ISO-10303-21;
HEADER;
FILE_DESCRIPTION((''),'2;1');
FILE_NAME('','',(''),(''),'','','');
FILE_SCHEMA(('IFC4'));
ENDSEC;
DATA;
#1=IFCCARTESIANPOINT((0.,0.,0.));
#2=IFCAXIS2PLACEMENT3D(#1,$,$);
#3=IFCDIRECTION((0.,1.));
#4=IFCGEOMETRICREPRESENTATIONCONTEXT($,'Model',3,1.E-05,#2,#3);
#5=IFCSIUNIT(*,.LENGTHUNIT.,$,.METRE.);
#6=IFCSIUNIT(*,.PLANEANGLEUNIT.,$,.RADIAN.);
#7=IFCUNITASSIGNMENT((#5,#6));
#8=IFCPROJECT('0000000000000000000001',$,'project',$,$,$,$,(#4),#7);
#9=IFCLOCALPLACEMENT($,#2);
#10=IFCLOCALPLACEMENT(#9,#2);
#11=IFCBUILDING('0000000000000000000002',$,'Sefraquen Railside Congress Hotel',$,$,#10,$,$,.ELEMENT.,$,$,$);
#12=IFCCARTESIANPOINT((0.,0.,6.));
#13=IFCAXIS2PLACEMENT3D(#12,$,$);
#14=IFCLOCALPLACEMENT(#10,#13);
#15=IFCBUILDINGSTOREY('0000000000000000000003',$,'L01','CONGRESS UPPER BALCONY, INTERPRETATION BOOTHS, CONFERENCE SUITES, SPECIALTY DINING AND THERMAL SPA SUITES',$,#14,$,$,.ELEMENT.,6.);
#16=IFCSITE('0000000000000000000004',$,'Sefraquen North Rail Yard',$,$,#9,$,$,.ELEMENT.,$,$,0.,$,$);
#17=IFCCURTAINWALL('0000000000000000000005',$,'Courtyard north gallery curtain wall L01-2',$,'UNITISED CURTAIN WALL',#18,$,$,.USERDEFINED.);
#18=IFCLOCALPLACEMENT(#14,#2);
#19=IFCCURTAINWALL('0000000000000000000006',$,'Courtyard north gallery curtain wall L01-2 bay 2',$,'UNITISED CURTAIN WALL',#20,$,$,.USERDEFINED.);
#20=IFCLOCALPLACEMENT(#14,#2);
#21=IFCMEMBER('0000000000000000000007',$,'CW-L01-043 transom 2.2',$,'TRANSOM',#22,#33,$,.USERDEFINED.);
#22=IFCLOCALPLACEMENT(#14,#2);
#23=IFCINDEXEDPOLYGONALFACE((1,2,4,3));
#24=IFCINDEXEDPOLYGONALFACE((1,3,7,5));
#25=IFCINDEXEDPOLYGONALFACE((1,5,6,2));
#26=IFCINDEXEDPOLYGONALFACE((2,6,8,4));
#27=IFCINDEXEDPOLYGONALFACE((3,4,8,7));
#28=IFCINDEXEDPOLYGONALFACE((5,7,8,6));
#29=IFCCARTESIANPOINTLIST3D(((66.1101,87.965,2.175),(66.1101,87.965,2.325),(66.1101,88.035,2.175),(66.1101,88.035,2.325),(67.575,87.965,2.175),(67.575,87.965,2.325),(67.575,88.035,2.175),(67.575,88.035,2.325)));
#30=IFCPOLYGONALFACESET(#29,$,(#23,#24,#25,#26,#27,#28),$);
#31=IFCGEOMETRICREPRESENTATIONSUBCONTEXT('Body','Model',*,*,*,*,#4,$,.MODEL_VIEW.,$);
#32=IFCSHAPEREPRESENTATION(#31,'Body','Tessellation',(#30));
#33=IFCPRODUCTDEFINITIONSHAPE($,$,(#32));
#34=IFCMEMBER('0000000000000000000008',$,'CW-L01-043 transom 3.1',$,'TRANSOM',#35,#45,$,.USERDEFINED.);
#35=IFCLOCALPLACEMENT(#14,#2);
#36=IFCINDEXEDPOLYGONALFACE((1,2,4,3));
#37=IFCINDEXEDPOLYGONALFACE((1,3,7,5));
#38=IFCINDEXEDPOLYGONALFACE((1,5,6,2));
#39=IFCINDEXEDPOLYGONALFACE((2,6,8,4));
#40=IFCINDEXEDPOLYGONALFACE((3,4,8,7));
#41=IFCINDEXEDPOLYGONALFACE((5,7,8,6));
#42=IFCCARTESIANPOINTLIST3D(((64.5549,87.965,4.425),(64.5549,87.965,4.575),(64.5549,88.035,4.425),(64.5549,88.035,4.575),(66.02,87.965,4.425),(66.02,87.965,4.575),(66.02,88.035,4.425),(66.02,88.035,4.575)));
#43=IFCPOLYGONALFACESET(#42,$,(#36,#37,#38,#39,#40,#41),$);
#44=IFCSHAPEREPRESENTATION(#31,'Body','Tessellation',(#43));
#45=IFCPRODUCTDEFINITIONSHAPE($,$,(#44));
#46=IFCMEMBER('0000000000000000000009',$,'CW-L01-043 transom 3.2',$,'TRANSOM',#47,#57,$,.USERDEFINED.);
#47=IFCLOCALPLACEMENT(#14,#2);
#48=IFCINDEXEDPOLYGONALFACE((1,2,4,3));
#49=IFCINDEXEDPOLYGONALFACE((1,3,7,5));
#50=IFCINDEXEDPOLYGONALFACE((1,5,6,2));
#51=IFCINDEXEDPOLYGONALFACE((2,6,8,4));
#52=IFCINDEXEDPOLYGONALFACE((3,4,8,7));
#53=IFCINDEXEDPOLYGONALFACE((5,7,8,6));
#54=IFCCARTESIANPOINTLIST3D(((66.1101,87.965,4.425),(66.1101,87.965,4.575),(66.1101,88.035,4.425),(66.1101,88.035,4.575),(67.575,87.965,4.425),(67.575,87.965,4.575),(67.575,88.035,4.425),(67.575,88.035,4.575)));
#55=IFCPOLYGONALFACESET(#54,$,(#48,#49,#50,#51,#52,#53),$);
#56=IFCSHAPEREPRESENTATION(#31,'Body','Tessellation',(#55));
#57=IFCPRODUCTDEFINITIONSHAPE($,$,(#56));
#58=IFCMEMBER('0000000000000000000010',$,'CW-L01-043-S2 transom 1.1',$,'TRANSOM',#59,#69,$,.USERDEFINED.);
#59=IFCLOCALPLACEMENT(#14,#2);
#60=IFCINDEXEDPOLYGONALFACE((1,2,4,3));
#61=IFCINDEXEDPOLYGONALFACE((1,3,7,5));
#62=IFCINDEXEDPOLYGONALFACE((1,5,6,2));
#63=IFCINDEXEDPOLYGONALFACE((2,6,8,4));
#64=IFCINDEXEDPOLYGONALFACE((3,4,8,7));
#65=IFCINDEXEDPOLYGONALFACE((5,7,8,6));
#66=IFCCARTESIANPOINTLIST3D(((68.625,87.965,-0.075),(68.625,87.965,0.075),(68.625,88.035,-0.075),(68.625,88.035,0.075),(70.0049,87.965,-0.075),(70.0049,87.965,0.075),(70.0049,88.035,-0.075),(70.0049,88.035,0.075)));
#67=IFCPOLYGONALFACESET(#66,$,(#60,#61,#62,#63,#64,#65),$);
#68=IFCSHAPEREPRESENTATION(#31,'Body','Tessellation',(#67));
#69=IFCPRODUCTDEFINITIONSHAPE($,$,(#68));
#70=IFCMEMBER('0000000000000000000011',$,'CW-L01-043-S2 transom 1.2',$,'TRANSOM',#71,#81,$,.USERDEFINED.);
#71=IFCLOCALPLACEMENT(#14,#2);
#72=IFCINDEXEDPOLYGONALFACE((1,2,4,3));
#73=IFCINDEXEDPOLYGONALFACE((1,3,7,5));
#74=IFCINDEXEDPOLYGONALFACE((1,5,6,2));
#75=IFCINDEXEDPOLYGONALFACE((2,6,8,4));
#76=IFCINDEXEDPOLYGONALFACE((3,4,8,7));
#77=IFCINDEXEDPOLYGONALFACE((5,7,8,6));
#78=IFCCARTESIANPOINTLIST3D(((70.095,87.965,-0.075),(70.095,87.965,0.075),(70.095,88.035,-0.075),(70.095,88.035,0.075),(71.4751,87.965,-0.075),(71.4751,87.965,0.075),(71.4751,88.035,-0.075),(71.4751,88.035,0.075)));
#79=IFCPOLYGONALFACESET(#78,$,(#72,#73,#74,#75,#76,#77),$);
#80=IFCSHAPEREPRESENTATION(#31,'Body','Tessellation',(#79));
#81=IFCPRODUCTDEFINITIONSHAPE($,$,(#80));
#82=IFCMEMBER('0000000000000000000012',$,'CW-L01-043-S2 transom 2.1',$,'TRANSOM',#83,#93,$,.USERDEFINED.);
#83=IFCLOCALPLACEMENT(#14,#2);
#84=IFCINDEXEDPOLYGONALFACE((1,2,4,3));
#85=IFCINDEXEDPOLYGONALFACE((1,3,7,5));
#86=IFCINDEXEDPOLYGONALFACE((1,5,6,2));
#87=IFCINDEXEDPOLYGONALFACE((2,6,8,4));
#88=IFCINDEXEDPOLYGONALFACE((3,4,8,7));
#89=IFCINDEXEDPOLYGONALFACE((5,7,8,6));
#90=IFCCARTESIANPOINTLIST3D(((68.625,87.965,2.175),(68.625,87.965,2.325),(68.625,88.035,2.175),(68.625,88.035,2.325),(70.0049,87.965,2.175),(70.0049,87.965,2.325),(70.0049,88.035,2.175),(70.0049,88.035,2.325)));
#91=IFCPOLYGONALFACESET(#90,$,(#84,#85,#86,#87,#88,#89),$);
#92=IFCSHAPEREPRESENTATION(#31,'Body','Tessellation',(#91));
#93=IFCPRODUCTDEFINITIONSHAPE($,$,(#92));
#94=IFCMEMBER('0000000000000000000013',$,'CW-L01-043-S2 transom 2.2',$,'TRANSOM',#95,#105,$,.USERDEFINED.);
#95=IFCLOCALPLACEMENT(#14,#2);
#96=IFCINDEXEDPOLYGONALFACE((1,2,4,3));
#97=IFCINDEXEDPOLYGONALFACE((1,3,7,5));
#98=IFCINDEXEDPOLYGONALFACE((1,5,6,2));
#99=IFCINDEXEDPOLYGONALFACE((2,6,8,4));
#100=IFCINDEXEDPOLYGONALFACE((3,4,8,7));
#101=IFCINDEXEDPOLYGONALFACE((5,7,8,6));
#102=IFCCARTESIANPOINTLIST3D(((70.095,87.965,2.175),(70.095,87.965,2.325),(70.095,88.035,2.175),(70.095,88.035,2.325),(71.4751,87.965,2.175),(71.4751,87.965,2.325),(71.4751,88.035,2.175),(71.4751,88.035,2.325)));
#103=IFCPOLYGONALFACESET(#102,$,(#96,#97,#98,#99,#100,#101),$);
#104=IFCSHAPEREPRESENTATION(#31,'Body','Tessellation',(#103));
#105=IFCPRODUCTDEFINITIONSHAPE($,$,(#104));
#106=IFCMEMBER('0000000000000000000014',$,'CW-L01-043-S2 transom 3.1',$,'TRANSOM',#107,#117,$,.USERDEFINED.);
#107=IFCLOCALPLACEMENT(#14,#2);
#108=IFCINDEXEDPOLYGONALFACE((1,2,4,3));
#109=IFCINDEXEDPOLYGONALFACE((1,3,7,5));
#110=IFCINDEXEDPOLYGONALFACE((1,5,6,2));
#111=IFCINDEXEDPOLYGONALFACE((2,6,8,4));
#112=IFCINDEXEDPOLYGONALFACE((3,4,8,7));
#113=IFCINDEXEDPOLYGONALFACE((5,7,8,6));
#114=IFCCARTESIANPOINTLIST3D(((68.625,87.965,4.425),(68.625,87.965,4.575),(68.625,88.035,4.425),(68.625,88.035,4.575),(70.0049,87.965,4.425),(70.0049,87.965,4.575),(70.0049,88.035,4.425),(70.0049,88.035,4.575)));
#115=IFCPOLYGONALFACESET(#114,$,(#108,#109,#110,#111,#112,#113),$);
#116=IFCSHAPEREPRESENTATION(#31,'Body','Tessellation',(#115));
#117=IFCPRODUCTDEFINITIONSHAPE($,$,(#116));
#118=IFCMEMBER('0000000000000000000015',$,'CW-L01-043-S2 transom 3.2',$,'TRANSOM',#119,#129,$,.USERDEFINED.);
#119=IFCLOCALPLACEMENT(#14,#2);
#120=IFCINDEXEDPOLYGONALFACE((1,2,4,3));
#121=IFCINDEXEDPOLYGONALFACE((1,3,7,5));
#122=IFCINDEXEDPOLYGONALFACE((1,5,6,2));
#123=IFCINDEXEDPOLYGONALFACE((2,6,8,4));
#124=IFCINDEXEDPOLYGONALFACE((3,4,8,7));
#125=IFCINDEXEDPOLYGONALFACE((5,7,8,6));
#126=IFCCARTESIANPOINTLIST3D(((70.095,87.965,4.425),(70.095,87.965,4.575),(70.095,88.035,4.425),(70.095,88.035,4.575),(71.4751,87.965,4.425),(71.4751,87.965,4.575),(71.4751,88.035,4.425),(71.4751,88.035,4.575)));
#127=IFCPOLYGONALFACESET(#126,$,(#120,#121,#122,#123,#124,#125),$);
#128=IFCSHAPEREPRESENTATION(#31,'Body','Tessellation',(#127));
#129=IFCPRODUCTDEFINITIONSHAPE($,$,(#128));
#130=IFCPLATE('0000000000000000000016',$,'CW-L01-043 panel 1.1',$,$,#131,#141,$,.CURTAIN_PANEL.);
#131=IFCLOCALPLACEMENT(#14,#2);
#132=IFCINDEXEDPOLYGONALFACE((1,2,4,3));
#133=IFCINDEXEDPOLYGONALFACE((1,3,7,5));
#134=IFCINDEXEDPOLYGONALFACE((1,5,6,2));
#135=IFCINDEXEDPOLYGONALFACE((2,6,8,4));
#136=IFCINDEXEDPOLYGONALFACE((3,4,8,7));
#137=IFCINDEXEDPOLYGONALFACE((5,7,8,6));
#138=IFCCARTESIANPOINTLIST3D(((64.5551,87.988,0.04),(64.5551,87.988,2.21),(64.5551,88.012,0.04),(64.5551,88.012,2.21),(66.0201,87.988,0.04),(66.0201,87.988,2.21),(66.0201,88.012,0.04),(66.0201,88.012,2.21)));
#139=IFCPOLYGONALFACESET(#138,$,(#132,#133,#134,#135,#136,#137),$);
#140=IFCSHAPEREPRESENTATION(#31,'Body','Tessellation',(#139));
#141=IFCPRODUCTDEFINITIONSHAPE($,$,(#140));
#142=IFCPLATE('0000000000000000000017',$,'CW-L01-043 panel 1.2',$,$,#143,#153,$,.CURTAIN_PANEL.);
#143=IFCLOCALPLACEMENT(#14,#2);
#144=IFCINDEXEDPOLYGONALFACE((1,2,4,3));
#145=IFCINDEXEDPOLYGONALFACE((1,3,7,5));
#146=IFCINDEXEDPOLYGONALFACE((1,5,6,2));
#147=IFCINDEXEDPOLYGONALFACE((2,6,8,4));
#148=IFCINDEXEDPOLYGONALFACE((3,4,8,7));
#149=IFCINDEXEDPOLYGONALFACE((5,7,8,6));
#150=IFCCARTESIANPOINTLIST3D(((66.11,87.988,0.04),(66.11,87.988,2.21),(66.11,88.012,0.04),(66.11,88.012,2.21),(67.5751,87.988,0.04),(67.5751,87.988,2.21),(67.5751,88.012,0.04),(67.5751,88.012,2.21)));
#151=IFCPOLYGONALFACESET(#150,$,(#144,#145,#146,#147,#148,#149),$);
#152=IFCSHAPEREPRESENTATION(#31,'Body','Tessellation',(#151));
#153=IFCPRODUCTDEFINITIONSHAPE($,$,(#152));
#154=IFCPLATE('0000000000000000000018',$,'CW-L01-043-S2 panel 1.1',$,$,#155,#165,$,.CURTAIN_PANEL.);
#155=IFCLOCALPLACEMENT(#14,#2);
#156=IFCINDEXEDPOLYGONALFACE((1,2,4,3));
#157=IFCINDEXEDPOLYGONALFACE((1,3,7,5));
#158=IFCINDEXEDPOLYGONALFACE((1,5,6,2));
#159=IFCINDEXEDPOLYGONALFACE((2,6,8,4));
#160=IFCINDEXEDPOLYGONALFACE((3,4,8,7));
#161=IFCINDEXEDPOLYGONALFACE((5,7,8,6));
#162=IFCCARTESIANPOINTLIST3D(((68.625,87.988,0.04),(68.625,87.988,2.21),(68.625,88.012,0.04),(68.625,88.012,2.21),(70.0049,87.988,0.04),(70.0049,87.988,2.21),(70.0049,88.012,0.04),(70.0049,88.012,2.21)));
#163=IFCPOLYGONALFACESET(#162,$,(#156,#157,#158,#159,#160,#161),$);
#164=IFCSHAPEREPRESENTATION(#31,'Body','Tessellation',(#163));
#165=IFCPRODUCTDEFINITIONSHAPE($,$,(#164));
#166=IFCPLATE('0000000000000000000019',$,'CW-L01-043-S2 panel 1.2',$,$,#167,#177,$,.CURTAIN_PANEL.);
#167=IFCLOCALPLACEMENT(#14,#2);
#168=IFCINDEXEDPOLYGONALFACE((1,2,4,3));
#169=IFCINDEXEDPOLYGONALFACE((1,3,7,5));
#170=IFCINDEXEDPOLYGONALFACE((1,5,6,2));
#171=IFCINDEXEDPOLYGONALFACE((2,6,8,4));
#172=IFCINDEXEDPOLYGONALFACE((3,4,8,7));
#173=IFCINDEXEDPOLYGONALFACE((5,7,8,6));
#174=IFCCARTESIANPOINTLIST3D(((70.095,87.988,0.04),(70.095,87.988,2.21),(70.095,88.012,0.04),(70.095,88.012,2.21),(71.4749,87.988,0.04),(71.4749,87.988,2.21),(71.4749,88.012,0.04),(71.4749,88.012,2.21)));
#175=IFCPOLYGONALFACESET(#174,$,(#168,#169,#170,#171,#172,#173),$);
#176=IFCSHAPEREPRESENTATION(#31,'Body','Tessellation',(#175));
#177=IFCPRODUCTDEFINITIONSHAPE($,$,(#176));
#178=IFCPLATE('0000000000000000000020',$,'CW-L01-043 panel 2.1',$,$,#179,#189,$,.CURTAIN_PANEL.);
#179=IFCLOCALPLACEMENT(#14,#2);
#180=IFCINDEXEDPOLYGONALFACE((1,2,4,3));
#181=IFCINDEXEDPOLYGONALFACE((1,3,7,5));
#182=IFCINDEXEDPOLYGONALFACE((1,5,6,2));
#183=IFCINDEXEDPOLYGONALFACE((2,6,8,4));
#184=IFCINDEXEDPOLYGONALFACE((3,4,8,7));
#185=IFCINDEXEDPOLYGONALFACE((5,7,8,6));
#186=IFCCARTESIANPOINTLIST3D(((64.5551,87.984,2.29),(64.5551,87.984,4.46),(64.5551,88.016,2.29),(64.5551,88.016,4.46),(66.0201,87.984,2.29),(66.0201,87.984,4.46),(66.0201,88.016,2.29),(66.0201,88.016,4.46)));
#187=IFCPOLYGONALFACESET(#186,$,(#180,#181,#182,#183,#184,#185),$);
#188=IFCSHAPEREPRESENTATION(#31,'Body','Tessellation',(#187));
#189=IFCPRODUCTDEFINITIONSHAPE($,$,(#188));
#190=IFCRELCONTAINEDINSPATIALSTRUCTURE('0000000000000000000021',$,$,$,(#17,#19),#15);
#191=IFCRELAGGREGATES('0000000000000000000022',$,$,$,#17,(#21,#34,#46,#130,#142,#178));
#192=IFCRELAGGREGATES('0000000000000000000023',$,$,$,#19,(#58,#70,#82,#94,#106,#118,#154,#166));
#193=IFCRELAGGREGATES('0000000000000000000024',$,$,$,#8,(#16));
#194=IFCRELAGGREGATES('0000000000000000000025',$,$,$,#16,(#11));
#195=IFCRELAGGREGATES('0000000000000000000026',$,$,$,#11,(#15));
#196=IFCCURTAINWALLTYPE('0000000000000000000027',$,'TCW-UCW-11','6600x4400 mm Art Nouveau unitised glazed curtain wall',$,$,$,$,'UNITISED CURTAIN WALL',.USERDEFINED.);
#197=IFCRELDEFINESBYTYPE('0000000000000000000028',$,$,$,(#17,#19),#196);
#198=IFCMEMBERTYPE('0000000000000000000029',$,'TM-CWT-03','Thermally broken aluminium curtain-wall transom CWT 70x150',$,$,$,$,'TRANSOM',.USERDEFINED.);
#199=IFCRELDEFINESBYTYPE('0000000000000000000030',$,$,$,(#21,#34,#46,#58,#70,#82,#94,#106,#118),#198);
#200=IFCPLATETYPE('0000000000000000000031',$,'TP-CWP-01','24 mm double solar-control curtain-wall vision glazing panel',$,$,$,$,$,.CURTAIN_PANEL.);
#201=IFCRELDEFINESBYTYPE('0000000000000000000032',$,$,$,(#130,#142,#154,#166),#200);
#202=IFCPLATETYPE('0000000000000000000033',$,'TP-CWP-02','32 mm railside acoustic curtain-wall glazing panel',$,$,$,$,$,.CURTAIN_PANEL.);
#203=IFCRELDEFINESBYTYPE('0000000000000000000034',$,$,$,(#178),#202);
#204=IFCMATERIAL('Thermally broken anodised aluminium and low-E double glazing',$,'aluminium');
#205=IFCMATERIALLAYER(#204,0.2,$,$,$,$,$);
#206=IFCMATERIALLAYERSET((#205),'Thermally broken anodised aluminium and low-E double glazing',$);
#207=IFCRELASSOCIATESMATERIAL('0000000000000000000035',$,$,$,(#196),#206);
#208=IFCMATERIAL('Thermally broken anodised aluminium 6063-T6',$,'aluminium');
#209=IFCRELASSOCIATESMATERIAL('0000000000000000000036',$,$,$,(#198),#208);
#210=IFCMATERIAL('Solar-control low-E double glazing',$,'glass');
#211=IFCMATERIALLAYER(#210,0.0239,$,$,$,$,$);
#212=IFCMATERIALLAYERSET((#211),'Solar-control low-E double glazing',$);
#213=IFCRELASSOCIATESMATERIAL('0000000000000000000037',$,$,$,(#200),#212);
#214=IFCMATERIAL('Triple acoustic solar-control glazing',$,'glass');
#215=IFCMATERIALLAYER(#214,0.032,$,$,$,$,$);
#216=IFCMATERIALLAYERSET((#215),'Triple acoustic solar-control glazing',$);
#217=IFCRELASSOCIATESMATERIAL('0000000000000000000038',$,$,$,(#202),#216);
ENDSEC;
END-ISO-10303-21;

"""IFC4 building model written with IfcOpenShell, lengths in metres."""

from ifc_helpers import new_model, si_unit, direction, frame, origin, origin_2d, place, context, subcontext, project, spatial, rectangle, extrude, material, layer, layer_set, material_profile, profile_set, type_object, element, aggregate, save


model = new_model("IFC4")

# Units and contexts
model_context = context("Model", 3, precision=1e-05, world=origin(), true_north=direction((0.0, 1.0)))
body_context = subcontext(model_context, "Body", "Model", "MODEL_VIEW")
ifc_project = project(units=[si_unit("LENGTHUNIT", "METRE"), si_unit("PLANEANGLEUNIT", "RADIAN")], contexts=[model_context])

# Site, building, storey
site_placement = place(None, origin())
site = spatial("IfcSite", under=ifc_project, at=site_placement, Name="Sefraquen North Rail Yard", CompositionType="ELEMENT", RefElevation=0.0)
building_placement = place(site_placement, origin())
building = spatial("IfcBuilding", under=site, at=building_placement, Name="Sefraquen Railside Congress Hotel", CompositionType="ELEMENT")
storey_placement = place(building_placement, frame((0.0, 0.0, 6.0)))
storey = spatial("IfcBuildingStorey", under=building, at=storey_placement, Name="L01", Description="CONGRESS UPPER BALCONY, INTERPRETATION BOOTHS, CONFERENCE SUITES, SPECIALTY DINING AND THERMAL SPA SUITES", CompositionType="ELEMENT", Elevation=6.0)

# Curtain walls
ifc_material_1 = material(Name="Thermally broken anodised aluminium and low-E double glazing", Category="aluminium")
ifc_layer_1 = layer(ifc_material_1, 0.2)
ifc_layer_set_1 = layer_set([ifc_layer_1], Name="Thermally broken anodised aluminium and low-E double glazing")
curtain_wall_type = type_object("IfcCurtainWallType", Name="TCW-UCW-11", Description="6600x4400 mm Art Nouveau unitised glazed curtain wall", ElementType="UNITISED CURTAIN WALL", PredefinedType="USERDEFINED", material=ifc_layer_set_1)
curtain_wall_1_placement = place(storey_placement, origin())
curtain_wall_1 = element("IfcCurtainWall", 1, at=curtain_wall_1_placement, inside=storey, type_object=curtain_wall_type, Name="Courtyard north gallery curtain wall L01-2", ObjectType="UNITISED CURTAIN WALL", PredefinedType="USERDEFINED")
ifc_material_2 = material(Name="Thermally broken anodised aluminium 6063-T6", Category="aluminium")
curtain_wall_2_placement = place(storey_placement, origin())
curtain_wall_2 = element("IfcCurtainWall", 2, at=curtain_wall_2_placement, inside=storey, type_object=curtain_wall_type, Name="Courtyard north gallery curtain wall L01-2 bay 2", ObjectType="UNITISED CURTAIN WALL", PredefinedType="USERDEFINED")

# Members
ifc_material_profile_1 = material_profile(ifc_material_2, rectangle(XDim=0.0701, YDim=0.1499, at=origin_2d()), Name="CWT 70x150")
ifc_profile_set_1 = profile_set([ifc_material_profile_1], Name="Thermally broken anodised aluminium 6063-T6")
member_type_1 = type_object("IfcMemberType", Name="TM-CWT-03", Description="Thermally broken aluminium curtain-wall transom CWT 70x150", ElementType="TRANSOM", PredefinedType="USERDEFINED", material=ifc_profile_set_1)
member_1_placement = place(storey_placement, frame((66.1101, 88.0, 2.25), z_axis=(1.0, 0.0, 0.0), x_axis=(0.0, 1.0, 0.0)))
member_1 = element("IfcMember", 3, at=member_1_placement, type_object=member_type_1, Name="CW-L01-043 transom 2.2", ObjectType="TRANSOM", PredefinedType="USERDEFINED", context=body_context, shape_type="SweptSolid", body=[
    extrude(rectangle(XDim=0.0701, YDim=0.1499, at=origin_2d()), origin(), (0.0, 0.0, 1.0), 1.4648),
])
member_2_placement = place(storey_placement, frame((64.5549, 88.0, 4.5), z_axis=(1.0, 0.0, 0.0), x_axis=(0.0, 1.0, 0.0)))
member_2 = element("IfcMember", 4, at=member_2_placement, type_object=member_type_1, Name="CW-L01-043 transom 3.1", ObjectType="TRANSOM", PredefinedType="USERDEFINED", context=body_context, shape_type="SweptSolid", body=[
    extrude(rectangle(XDim=0.0701, YDim=0.1499, at=origin_2d()), origin(), (0.0, 0.0, 1.0), 1.4651),
])
member_3_placement = place(storey_placement, frame((66.1101, 88.0, 4.5), z_axis=(1.0, 0.0, 0.0), x_axis=(0.0, 1.0, 0.0)))
member_3 = element("IfcMember", 5, at=member_3_placement, type_object=member_type_1, Name="CW-L01-043 transom 3.2", ObjectType="TRANSOM", PredefinedType="USERDEFINED", context=body_context, shape_type="SweptSolid", body=[
    extrude(rectangle(XDim=0.0701, YDim=0.1499, at=origin_2d()), origin(), (0.0, 0.0, 1.0), 1.4648),
])
member_4_placement = place(storey_placement, frame((68.625, 88.0, 0.0), z_axis=(1.0, 0.0, 0.0), x_axis=(0.0, 1.0, 0.0)))
member_4 = element("IfcMember", 6, at=member_4_placement, type_object=member_type_1, Name="CW-L01-043-S2 transom 1.1", ObjectType="TRANSOM", PredefinedType="USERDEFINED", context=body_context, shape_type="SweptSolid", body=[
    extrude(rectangle(XDim=0.0701, YDim=0.1499, at=origin_2d()), origin(), (0.0, 0.0, 1.0), 1.3799),
])
member_5_placement = place(storey_placement, frame((70.095, 88.0, 0.0), z_axis=(1.0, 0.0, 0.0), x_axis=(0.0, 1.0, 0.0)))
member_5 = element("IfcMember", 7, at=member_5_placement, type_object=member_type_1, Name="CW-L01-043-S2 transom 1.2", ObjectType="TRANSOM", PredefinedType="USERDEFINED", context=body_context, shape_type="SweptSolid", body=[
    extrude(rectangle(XDim=0.0701, YDim=0.1499, at=origin_2d()), origin(), (0.0, 0.0, 1.0), 1.3801),
])
member_6_placement = place(storey_placement, frame((68.625, 88.0, 2.25), z_axis=(1.0, 0.0, 0.0), x_axis=(0.0, 1.0, 0.0)))
member_6 = element("IfcMember", 8, at=member_6_placement, type_object=member_type_1, Name="CW-L01-043-S2 transom 2.1", ObjectType="TRANSOM", PredefinedType="USERDEFINED", context=body_context, shape_type="SweptSolid", body=[
    extrude(rectangle(XDim=0.0701, YDim=0.1499, at=origin_2d()), origin(), (0.0, 0.0, 1.0), 1.3799),
])
member_7_placement = place(storey_placement, frame((70.095, 88.0, 2.25), z_axis=(1.0, 0.0, 0.0), x_axis=(0.0, 1.0, 0.0)))
member_7 = element("IfcMember", 9, at=member_7_placement, type_object=member_type_1, Name="CW-L01-043-S2 transom 2.2", ObjectType="TRANSOM", PredefinedType="USERDEFINED", context=body_context, shape_type="SweptSolid", body=[
    extrude(rectangle(XDim=0.0701, YDim=0.1499, at=origin_2d()), origin(), (0.0, 0.0, 1.0), 1.3801),
])
member_8_placement = place(storey_placement, frame((68.625, 88.0, 4.5), z_axis=(1.0, 0.0, 0.0), x_axis=(0.0, 1.0, 0.0)))
member_8 = element("IfcMember", 10, at=member_8_placement, type_object=member_type_1, Name="CW-L01-043-S2 transom 3.1", ObjectType="TRANSOM", PredefinedType="USERDEFINED", context=body_context, shape_type="SweptSolid", body=[
    extrude(rectangle(XDim=0.0701, YDim=0.1499, at=origin_2d()), origin(), (0.0, 0.0, 1.0), 1.3799),
])
member_9_placement = place(storey_placement, frame((70.095, 88.0, 4.5), z_axis=(1.0, 0.0, 0.0), x_axis=(0.0, 1.0, 0.0)))
member_9 = element("IfcMember", 11, at=member_9_placement, type_object=member_type_1, Name="CW-L01-043-S2 transom 3.2", ObjectType="TRANSOM", PredefinedType="USERDEFINED", context=body_context, shape_type="SweptSolid", body=[
    extrude(rectangle(XDim=0.0701, YDim=0.1499, at=origin_2d()), origin(), (0.0, 0.0, 1.0), 1.3801),
])

# Plates
ifc_material_3 = material(Name="Solar-control low-E double glazing", Category="glass")
ifc_layer_2 = layer(ifc_material_3, 0.0239)
ifc_layer_set_2 = layer_set([ifc_layer_2], Name="Solar-control low-E double glazing")
plate_type_1 = type_object("IfcPlateType", Name="TP-CWP-01", Description="24 mm double solar-control curtain-wall vision glazing panel", PredefinedType="CURTAIN_PANEL", material=ifc_layer_set_2)
plate_1_placement = place(storey_placement, frame((65.2876, 88.0, 0.04), z_axis=(0.0, 0.0, 1.0), x_axis=(1.0, 0.0, 0.0)))
plate_1 = element("IfcPlate", 12, at=plate_1_placement, type_object=plate_type_1, Name="CW-L01-043 panel 1.1", PredefinedType="CURTAIN_PANEL", context=body_context, shape_type="SweptSolid", body=[
    extrude(rectangle(XDim=1.4651, YDim=0.0239, at=origin_2d()), origin(), (0.0, 0.0, 1.0), 2.1699),
])
plate_2_placement = place(storey_placement, frame((66.8425, 88.0, 0.04), z_axis=(0.0, 0.0, 1.0), x_axis=(1.0, 0.0, 0.0)))
plate_2 = element("IfcPlate", 13, at=plate_2_placement, type_object=plate_type_1, Name="CW-L01-043 panel 1.2", PredefinedType="CURTAIN_PANEL", context=body_context, shape_type="SweptSolid", body=[
    extrude(rectangle(XDim=1.4651, YDim=0.0239, at=origin_2d()), origin(), (0.0, 0.0, 1.0), 2.1699),
])
plate_3_placement = place(storey_placement, frame((69.3149, 88.0, 0.04), z_axis=(0.0, 0.0, 1.0), x_axis=(1.0, 0.0, 0.0)))
plate_3 = element("IfcPlate", 14, at=plate_3_placement, type_object=plate_type_1, Name="CW-L01-043-S2 panel 1.1", PredefinedType="CURTAIN_PANEL", context=body_context, shape_type="SweptSolid", body=[
    extrude(rectangle(XDim=1.3799, YDim=0.0239, at=origin_2d()), origin(), (0.0, 0.0, 1.0), 2.1699),
])
plate_4_placement = place(storey_placement, frame((70.7849, 88.0, 0.04), z_axis=(0.0, 0.0, 1.0), x_axis=(1.0, 0.0, 0.0)))
plate_4 = element("IfcPlate", 15, at=plate_4_placement, type_object=plate_type_1, Name="CW-L01-043-S2 panel 1.2", PredefinedType="CURTAIN_PANEL", context=body_context, shape_type="SweptSolid", body=[
    extrude(rectangle(XDim=1.3799, YDim=0.0239, at=origin_2d()), origin(), (0.0, 0.0, 1.0), 2.1699),
])
ifc_material_4 = material(Name="Triple acoustic solar-control glazing", Category="glass")
ifc_layer_3 = layer(ifc_material_4, 0.032)
ifc_layer_set_3 = layer_set([ifc_layer_3], Name="Triple acoustic solar-control glazing")
plate_type_2 = type_object("IfcPlateType", Name="TP-CWP-02", Description="32 mm railside acoustic curtain-wall glazing panel", PredefinedType="CURTAIN_PANEL", material=ifc_layer_set_3)
plate_5_placement = place(storey_placement, frame((65.2876, 88.0, 2.29), z_axis=(0.0, 0.0, 1.0), x_axis=(1.0, 0.0, 0.0)))
plate_5 = element("IfcPlate", 16, at=plate_5_placement, type_object=plate_type_2, Name="CW-L01-043 panel 2.1", PredefinedType="CURTAIN_PANEL", context=body_context, shape_type="SweptSolid", body=[
    extrude(rectangle(XDim=1.4651, YDim=0.032, at=origin_2d()), origin(), (0.0, 0.0, 1.0), 2.1699),
])
aggregate(curtain_wall_1, [member_1, member_2, member_3, plate_1, plate_2, plate_5])
aggregate(curtain_wall_2, [member_4, member_5, member_6, member_7, member_8, member_9, plate_3, plate_4])

save(model, "model.ifc")
